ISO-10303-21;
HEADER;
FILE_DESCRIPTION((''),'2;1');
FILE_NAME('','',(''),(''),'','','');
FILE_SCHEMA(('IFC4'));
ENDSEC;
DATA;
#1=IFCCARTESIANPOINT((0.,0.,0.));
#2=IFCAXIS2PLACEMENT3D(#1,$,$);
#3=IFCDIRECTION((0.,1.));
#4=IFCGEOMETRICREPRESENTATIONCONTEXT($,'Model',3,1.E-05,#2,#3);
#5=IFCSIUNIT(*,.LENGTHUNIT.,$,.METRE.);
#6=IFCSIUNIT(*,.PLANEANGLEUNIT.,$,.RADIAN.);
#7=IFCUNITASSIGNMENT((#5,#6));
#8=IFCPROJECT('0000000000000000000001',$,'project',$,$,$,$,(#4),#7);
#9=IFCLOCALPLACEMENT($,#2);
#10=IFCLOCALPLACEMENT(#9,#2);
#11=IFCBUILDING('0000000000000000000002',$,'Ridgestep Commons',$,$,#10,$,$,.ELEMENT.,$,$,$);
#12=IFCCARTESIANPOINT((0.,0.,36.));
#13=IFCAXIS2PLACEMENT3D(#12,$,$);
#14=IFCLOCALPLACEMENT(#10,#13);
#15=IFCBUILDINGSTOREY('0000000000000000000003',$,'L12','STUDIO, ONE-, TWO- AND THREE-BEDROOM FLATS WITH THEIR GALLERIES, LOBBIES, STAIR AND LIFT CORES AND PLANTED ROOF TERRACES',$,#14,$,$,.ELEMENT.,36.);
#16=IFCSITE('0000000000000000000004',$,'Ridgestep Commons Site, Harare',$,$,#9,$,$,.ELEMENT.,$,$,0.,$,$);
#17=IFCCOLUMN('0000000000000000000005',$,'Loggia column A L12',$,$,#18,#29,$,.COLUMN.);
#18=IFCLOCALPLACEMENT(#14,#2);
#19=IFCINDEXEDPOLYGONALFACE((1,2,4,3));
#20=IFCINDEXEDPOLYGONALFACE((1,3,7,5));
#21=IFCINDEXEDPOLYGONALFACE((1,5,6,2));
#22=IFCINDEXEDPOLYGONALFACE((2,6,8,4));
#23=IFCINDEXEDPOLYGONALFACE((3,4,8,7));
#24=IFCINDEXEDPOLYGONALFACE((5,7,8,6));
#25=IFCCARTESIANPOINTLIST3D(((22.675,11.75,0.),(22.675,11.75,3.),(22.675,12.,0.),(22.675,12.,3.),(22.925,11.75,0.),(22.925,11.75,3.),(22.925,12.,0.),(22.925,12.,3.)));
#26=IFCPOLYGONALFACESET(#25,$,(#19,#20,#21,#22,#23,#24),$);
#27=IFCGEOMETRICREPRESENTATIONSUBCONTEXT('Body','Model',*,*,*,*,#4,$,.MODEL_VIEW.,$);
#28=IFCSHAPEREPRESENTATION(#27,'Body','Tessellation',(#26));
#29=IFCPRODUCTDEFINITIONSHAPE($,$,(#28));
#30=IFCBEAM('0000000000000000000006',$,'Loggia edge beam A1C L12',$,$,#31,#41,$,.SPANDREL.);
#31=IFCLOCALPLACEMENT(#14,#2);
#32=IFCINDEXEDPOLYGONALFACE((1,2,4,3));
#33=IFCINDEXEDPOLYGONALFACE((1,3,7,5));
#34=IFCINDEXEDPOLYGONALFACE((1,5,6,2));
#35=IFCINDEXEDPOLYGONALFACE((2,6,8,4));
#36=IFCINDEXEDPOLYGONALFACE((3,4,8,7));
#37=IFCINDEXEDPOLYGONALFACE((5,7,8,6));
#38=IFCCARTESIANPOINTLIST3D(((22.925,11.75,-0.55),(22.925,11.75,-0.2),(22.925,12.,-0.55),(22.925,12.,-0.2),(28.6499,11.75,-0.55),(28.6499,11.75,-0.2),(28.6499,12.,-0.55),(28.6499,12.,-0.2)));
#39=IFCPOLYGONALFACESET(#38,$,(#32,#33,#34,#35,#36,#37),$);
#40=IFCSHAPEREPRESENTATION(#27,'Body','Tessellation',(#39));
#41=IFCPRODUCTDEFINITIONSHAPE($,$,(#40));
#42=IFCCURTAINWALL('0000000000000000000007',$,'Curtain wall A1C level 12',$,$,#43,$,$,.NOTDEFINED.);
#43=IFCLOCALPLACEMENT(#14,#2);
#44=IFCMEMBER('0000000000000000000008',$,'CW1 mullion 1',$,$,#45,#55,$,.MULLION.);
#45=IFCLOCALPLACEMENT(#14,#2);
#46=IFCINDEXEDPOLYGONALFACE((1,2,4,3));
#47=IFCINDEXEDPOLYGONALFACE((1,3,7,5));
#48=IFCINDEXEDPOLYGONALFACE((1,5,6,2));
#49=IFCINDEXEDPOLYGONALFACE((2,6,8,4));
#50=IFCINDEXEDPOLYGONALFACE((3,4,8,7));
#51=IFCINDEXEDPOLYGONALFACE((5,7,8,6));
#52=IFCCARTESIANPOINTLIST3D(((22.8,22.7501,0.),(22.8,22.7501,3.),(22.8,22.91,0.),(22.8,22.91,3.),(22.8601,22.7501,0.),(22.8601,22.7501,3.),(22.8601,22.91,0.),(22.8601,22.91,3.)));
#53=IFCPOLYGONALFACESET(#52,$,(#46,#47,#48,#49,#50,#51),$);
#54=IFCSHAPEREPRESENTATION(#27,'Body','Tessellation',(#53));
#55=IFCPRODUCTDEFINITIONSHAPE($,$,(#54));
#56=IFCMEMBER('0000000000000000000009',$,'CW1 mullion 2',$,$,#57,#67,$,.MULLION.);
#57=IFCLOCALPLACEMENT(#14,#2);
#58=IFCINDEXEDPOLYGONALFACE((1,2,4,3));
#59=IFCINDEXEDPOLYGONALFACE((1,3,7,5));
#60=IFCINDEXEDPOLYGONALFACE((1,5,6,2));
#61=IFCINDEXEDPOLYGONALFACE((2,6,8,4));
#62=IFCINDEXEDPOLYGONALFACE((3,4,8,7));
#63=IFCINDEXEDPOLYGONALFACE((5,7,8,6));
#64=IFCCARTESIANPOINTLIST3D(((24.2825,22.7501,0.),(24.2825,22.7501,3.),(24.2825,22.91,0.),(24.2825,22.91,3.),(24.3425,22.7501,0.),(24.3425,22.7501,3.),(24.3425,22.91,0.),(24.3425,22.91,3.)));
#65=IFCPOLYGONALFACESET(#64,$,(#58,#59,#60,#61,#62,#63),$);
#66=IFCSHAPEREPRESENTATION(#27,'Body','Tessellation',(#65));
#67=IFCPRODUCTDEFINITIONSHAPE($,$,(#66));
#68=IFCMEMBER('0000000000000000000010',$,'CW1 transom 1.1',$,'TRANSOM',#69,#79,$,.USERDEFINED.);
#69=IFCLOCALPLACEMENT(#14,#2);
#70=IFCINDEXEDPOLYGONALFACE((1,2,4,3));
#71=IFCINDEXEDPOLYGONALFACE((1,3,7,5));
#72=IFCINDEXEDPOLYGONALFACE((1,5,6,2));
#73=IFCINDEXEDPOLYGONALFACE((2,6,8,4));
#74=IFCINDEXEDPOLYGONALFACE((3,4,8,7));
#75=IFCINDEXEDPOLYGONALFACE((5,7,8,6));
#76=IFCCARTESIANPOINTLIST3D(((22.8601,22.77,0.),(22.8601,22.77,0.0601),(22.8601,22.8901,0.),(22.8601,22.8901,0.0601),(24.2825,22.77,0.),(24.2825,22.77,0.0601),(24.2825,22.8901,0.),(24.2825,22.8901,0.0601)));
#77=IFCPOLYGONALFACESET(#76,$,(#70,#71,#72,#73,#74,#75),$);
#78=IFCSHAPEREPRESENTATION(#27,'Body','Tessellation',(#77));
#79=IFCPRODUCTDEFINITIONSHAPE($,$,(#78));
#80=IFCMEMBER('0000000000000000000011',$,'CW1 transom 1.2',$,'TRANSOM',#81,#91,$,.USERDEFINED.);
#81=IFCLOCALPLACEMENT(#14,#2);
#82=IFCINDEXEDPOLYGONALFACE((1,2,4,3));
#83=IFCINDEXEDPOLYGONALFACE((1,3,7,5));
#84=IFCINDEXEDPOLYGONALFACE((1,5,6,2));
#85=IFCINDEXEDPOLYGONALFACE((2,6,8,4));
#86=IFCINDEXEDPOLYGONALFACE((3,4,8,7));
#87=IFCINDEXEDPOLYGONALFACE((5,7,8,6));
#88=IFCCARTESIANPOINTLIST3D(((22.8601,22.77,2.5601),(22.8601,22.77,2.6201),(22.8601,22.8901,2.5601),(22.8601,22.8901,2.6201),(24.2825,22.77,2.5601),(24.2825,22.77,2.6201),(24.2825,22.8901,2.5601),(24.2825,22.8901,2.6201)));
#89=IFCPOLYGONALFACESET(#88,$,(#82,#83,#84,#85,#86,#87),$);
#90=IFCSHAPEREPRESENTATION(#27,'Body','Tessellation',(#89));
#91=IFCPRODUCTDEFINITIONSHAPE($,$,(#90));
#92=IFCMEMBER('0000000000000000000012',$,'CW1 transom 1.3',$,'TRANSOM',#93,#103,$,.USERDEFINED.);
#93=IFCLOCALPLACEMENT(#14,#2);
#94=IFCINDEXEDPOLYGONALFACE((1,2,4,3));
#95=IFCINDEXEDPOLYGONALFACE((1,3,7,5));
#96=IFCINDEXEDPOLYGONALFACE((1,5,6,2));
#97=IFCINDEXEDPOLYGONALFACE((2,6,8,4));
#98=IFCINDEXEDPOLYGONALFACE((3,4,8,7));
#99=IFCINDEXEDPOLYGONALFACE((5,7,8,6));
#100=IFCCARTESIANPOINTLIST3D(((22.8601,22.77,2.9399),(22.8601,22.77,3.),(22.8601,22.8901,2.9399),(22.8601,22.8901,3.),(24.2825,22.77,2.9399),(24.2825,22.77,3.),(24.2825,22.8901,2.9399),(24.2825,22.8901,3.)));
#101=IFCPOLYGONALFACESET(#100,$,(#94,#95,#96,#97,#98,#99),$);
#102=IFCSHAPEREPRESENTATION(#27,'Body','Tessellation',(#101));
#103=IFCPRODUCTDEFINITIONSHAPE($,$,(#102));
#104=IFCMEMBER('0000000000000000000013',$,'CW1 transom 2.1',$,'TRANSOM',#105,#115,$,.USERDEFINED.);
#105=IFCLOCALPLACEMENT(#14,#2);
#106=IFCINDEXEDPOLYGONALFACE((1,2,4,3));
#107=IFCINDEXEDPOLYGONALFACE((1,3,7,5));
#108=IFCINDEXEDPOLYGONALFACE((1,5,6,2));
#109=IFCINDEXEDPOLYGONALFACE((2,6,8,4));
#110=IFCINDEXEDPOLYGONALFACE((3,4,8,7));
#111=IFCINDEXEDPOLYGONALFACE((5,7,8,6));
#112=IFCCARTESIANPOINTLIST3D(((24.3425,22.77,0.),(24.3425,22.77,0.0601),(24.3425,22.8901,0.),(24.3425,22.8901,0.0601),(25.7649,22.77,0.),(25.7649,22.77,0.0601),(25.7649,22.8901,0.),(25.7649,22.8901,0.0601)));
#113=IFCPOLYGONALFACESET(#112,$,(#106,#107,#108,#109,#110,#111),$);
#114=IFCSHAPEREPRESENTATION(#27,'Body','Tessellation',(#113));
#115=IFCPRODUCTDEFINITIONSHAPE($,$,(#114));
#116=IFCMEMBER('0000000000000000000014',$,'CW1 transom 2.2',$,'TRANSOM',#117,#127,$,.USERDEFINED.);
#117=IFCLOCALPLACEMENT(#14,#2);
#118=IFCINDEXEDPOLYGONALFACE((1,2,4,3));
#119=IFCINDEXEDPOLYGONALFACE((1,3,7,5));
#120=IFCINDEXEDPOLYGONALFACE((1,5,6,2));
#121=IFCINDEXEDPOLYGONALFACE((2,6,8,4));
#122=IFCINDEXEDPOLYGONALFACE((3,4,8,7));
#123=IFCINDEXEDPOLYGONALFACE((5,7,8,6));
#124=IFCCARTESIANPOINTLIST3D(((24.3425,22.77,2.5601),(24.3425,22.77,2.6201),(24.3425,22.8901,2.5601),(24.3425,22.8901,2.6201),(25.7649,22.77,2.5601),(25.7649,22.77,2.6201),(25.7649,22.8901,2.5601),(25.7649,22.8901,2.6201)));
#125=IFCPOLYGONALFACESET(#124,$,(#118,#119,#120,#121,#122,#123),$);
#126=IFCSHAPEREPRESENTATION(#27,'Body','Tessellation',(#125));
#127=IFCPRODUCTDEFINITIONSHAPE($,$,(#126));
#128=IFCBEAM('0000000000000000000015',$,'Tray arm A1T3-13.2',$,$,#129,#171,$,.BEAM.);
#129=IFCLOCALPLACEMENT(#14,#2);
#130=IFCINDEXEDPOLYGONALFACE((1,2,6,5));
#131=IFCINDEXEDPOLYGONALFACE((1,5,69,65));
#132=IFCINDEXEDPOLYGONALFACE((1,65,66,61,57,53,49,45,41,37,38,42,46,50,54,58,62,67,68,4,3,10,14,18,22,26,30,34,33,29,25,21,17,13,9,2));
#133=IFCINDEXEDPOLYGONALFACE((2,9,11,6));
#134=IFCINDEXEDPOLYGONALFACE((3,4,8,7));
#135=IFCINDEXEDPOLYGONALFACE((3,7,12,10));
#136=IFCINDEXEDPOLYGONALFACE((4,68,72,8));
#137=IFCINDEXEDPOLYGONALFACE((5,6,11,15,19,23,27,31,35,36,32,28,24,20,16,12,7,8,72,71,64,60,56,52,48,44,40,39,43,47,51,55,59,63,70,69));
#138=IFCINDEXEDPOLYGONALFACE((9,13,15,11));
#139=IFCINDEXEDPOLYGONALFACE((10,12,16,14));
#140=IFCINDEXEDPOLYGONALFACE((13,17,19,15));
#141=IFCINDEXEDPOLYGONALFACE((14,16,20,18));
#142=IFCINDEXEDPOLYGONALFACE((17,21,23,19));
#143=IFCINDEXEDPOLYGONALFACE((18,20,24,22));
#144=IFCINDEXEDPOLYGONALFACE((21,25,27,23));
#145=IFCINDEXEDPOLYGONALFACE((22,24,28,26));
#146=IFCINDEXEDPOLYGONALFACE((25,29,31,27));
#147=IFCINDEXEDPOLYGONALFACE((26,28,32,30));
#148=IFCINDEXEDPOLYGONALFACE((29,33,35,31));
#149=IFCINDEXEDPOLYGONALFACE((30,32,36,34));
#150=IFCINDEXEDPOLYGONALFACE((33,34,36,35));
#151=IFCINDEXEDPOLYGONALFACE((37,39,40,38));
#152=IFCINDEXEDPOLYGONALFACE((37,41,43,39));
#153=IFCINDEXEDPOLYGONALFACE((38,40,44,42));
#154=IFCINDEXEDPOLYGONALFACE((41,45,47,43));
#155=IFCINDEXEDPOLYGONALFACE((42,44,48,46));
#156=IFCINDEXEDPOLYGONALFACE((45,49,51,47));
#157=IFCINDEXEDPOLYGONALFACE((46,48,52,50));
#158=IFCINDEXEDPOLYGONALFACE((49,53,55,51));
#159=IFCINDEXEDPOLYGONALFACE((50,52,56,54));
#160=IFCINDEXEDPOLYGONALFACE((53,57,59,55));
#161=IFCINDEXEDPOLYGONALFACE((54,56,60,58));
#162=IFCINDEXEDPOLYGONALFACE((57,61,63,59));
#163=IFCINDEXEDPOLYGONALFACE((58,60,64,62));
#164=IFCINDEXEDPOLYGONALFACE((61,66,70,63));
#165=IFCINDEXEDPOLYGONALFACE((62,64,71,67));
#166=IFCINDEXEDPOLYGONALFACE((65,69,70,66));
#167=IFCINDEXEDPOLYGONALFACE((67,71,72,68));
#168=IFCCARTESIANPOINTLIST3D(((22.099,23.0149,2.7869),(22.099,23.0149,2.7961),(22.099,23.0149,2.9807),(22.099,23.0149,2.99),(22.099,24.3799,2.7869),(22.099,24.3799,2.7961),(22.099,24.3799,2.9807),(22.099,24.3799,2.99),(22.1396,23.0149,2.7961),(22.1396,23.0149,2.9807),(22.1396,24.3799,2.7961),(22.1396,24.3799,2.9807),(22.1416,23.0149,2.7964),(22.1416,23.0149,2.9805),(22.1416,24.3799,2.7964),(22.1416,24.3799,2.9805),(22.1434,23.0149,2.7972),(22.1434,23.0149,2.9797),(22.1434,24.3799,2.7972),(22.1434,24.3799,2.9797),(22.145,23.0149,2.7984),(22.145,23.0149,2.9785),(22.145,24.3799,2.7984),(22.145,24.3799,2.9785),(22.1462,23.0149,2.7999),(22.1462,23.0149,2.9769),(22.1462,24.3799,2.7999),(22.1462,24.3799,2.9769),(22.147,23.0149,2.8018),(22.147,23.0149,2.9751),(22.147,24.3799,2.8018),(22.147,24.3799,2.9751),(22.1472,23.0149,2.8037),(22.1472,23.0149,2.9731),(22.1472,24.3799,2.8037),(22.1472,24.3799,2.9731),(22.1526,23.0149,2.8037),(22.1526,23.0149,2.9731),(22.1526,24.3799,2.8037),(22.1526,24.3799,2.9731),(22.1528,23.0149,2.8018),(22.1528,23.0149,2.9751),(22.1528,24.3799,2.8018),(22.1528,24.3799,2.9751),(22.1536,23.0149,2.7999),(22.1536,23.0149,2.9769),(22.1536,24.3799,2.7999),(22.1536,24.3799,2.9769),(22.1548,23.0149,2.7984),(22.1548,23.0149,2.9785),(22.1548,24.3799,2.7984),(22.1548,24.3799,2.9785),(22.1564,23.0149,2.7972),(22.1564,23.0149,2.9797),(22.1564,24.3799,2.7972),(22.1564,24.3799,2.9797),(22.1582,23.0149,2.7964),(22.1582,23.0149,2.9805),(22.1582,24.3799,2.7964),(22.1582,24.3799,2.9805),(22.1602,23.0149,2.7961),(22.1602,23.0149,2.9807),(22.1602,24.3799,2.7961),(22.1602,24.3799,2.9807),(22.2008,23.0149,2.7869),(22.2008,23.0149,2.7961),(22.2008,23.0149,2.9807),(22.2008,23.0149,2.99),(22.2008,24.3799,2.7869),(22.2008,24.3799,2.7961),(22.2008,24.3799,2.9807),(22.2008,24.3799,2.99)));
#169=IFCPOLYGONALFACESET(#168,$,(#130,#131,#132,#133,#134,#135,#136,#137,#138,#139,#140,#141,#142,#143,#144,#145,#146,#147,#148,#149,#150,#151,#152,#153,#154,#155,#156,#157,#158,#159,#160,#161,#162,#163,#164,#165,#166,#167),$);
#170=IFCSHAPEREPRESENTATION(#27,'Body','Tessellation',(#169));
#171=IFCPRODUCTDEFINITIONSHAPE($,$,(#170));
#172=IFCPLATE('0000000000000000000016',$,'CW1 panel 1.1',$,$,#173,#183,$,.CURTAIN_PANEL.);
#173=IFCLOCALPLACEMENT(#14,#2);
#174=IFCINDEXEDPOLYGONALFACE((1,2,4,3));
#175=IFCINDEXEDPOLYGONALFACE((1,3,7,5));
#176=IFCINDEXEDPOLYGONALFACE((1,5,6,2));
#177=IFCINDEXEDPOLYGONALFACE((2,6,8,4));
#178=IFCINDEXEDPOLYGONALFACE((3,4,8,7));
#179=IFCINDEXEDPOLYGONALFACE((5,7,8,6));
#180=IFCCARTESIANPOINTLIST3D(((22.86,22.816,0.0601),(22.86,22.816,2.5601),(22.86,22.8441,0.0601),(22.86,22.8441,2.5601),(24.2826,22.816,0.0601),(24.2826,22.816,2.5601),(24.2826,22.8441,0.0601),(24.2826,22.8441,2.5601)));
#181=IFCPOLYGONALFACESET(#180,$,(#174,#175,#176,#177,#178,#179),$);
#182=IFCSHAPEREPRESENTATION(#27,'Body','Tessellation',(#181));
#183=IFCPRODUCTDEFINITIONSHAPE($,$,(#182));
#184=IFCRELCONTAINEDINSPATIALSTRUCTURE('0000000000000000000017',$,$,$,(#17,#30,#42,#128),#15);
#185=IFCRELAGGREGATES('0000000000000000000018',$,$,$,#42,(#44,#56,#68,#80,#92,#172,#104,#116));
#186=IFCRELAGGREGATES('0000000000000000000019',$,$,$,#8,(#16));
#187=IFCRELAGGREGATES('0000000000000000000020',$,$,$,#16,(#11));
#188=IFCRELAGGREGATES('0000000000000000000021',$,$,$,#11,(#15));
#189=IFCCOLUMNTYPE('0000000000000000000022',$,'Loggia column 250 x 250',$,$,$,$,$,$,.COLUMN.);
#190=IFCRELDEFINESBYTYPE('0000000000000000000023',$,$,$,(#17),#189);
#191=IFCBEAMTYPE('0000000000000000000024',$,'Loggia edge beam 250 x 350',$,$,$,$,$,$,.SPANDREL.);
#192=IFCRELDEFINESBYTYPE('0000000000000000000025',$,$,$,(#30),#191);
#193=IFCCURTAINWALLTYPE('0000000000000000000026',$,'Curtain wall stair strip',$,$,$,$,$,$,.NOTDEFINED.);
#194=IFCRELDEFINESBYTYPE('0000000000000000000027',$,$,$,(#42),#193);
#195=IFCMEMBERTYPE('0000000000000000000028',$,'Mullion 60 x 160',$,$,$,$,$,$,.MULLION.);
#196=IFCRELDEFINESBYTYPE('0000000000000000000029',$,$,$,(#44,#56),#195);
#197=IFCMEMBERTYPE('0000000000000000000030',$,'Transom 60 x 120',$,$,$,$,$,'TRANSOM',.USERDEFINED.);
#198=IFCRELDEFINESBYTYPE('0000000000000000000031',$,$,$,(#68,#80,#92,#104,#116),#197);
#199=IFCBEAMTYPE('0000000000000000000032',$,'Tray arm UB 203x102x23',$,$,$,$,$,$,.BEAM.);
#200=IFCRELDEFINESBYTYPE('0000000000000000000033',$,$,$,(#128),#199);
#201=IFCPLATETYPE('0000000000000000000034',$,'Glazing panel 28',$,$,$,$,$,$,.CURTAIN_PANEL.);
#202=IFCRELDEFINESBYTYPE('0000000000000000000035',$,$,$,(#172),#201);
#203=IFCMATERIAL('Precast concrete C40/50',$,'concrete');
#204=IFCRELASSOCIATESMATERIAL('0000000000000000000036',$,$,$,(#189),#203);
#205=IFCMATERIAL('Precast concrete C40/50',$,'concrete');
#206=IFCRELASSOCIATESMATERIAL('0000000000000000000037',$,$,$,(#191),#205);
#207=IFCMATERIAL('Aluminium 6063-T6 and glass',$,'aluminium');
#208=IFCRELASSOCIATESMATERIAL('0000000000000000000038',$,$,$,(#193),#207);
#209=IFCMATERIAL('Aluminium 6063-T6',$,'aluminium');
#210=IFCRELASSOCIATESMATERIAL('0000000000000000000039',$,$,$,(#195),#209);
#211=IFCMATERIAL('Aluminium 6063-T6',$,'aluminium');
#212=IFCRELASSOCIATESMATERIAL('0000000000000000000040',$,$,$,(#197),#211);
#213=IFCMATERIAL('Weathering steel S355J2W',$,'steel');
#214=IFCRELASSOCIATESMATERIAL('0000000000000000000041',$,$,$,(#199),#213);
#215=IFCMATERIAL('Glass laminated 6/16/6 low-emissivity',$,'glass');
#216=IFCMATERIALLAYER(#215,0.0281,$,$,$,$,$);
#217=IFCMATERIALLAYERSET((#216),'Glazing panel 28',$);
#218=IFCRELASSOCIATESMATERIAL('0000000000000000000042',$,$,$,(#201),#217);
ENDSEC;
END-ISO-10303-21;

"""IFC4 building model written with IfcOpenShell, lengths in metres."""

from ifc_helpers import new_model, si_unit, direction, frame, origin, origin_2d, place, context, subcontext, project, spatial, rectangle, i_section, extrude, material, layer, layer_set, material_profile, profile_set, type_object, element, aggregate, save


model = new_model("IFC4")

# Units and contexts
model_context = context("Model", 3, precision=1e-05, world=origin(), true_north=direction((0.0, 1.0)))
body_context = subcontext(model_context, "Body", "Model", "MODEL_VIEW")
ifc_project = project(units=[si_unit("LENGTHUNIT", "METRE"), si_unit("PLANEANGLEUNIT", "RADIAN")], contexts=[model_context])

# Site, building, storey
site_placement = place(None, origin())
site = spatial("IfcSite", under=ifc_project, at=site_placement, Name="Ridgestep Commons Site, Harare", CompositionType="ELEMENT", RefElevation=0.0)
building_placement = place(site_placement, origin())
building = spatial("IfcBuilding", under=site, at=building_placement, Name="Ridgestep Commons", CompositionType="ELEMENT")
storey_placement = place(building_placement, frame((0.0, 0.0, 36.0)))
storey = spatial("IfcBuildingStorey", under=building, at=storey_placement, Name="L12", Description="STUDIO, ONE-, TWO- AND THREE-BEDROOM FLATS WITH THEIR GALLERIES, LOBBIES, STAIR AND LIFT CORES AND PLANTED ROOF TERRACES", CompositionType="ELEMENT", Elevation=36.0)

# Column
ifc_material_1 = material(Name="Precast concrete C40/50", Category="concrete")
ifc_material_profile_1 = material_profile(ifc_material_1, rectangle(XDim=0.25, YDim=0.25, at=origin_2d()), Name="PC 250x250")
ifc_profile_set_1 = profile_set([ifc_material_profile_1], Name="Precast concrete C40/50")
column_type = type_object("IfcColumnType", Name="Loggia column 250 x 250", PredefinedType="COLUMN", material=ifc_profile_set_1)
column_placement = place(storey_placement, frame((22.8, 11.875, 0.0), z_axis=(0.0, 0.0, 1.0), x_axis=(1.0, 0.0, 0.0)))
element("IfcColumn", 1, at=column_placement, inside=storey, type_object=column_type, Name="Loggia column A L12", PredefinedType="COLUMN", context=body_context, shape_type="SweptSolid", body=[
    extrude(rectangle(XDim=0.25, YDim=0.25, at=origin_2d()), origin(), (0.0, 0.0, 1.0), 3.0),
])

# Beam
ifc_material_2 = material(Name="Precast concrete C40/50", Category="concrete")
ifc_material_profile_2 = material_profile(ifc_material_2, rectangle(XDim=0.25, YDim=0.3501, at=origin_2d()), Name="PC 250x350")
ifc_profile_set_2 = profile_set([ifc_material_profile_2], Name="Precast concrete C40/50")
beam_type_1 = type_object("IfcBeamType", Name="Loggia edge beam 250 x 350", PredefinedType="SPANDREL", material=ifc_profile_set_2)
beam_1_placement = place(storey_placement, frame((22.925, 11.875, -0.375), z_axis=(1.0, 0.0, 0.0), x_axis=(0.0, 1.0, 0.0)))
element("IfcBeam", 2, at=beam_1_placement, inside=storey, type_object=beam_type_1, Name="Loggia edge beam A1C L12", PredefinedType="SPANDREL", context=body_context, shape_type="SweptSolid", body=[
    extrude(rectangle(XDim=0.25, YDim=0.3501, at=origin_2d()), origin(), (0.0, 0.0, 1.0), 5.7249),
])

# Curtain wall, members
ifc_material_3 = material(Name="Aluminium 6063-T6 and glass", Category="aluminium")
curtain_wall_type = type_object("IfcCurtainWallType", Name="Curtain wall stair strip", PredefinedType="NOTDEFINED", material=ifc_material_3)
curtain_wall_placement = place(storey_placement, origin())
curtain_wall = element("IfcCurtainWall", 3, at=curtain_wall_placement, inside=storey, type_object=curtain_wall_type, Name="Curtain wall A1C level 12", PredefinedType="NOTDEFINED")
ifc_material_4 = material(Name="Aluminium 6063-T6", Category="aluminium")
ifc_material_profile_3 = material_profile(ifc_material_4, rectangle(XDim=0.1599, YDim=0.0601, at=origin_2d()), Name="Mullion 60 x 160")
ifc_profile_set_3 = profile_set([ifc_material_profile_3], Name="Aluminium 6063-T6")
member_type_1 = type_object("IfcMemberType", Name="Mullion 60 x 160", PredefinedType="MULLION", material=ifc_profile_set_3)
member_1_placement = place(storey_placement, frame((22.8301, 22.8301, 0.0), z_axis=(0.0, 0.0, 1.0), x_axis=(0.0, 1.0, 0.0)))
member_1 = element("IfcMember", 4, at=member_1_placement, type_object=member_type_1, Name="CW1 mullion 1", PredefinedType="MULLION", context=body_context, shape_type="SweptSolid", body=[
    extrude(rectangle(XDim=0.1599, YDim=0.0601, at=origin_2d()), origin(), (0.0, 0.0, 1.0), 3.0),
])
member_2_placement = place(storey_placement, frame((24.3125, 22.8301, 0.0), z_axis=(0.0, 0.0, 1.0), x_axis=(0.0, 1.0, 0.0)))
member_2 = element("IfcMember", 5, at=member_2_placement, type_object=member_type_1, Name="CW1 mullion 2", PredefinedType="MULLION", context=body_context, shape_type="SweptSolid", body=[
    extrude(rectangle(XDim=0.1599, YDim=0.0601, at=origin_2d()), origin(), (0.0, 0.0, 1.0), 3.0),
])
ifc_material_5 = material(Name="Aluminium 6063-T6", Category="aluminium")
ifc_material_profile_4 = material_profile(ifc_material_5, rectangle(XDim=0.1201, YDim=0.0601, at=origin_2d()), Name="Transom 60 x 120")
ifc_profile_set_4 = profile_set([ifc_material_profile_4], Name="Aluminium 6063-T6")
member_type_2 = type_object("IfcMemberType", Name="Transom 60 x 120", ElementType="TRANSOM", PredefinedType="USERDEFINED", material=ifc_profile_set_4)
member_3_placement = place(storey_placement, frame((22.8601, 22.8301, 0.03), z_axis=(1.0, 0.0, 0.0), x_axis=(0.0, 1.0, 0.0)))
member_3 = element("IfcMember", 6, at=member_3_placement, type_object=member_type_2, Name="CW1 transom 1.1", ObjectType="TRANSOM", PredefinedType="USERDEFINED", context=body_context, shape_type="SweptSolid", body=[
    extrude(rectangle(XDim=0.1201, YDim=0.0601, at=origin_2d()), origin(), (0.0, 0.0, 1.0), 1.4224),
])
member_4_placement = place(storey_placement, frame((22.8601, 22.8301, 2.5901), z_axis=(1.0, 0.0, 0.0), x_axis=(0.0, 1.0, 0.0)))
member_4 = element("IfcMember", 7, at=member_4_placement, type_object=member_type_2, Name="CW1 transom 1.2", ObjectType="TRANSOM", PredefinedType="USERDEFINED", context=body_context, shape_type="SweptSolid", body=[
    extrude(rectangle(XDim=0.1201, YDim=0.0601, at=origin_2d()), origin(), (0.0, 0.0, 1.0), 1.4224),
])
member_5_placement = place(storey_placement, frame((22.8601, 22.8301, 2.97), z_axis=(1.0, 0.0, 0.0), x_axis=(0.0, 1.0, 0.0)))
member_5 = element("IfcMember", 8, at=member_5_placement, type_object=member_type_2, Name="CW1 transom 1.3", ObjectType="TRANSOM", PredefinedType="USERDEFINED", context=body_context, shape_type="SweptSolid", body=[
    extrude(rectangle(XDim=0.1201, YDim=0.0601, at=origin_2d()), origin(), (0.0, 0.0, 1.0), 1.4224),
])
member_6_placement = place(storey_placement, frame((24.3425, 22.8301, 0.03), z_axis=(1.0, 0.0, 0.0), x_axis=(0.0, 1.0, 0.0)))
member_6 = element("IfcMember", 9, at=member_6_placement, type_object=member_type_2, Name="CW1 transom 2.1", ObjectType="TRANSOM", PredefinedType="USERDEFINED", context=body_context, shape_type="SweptSolid", body=[
    extrude(rectangle(XDim=0.1201, YDim=0.0601, at=origin_2d()), origin(), (0.0, 0.0, 1.0), 1.4224),
])
member_7_placement = place(storey_placement, frame((24.3425, 22.8301, 2.5901), z_axis=(1.0, 0.0, 0.0), x_axis=(0.0, 1.0, 0.0)))
member_7 = element("IfcMember", 10, at=member_7_placement, type_object=member_type_2, Name="CW1 transom 2.2", ObjectType="TRANSOM", PredefinedType="USERDEFINED", context=body_context, shape_type="SweptSolid", body=[
    extrude(rectangle(XDim=0.1201, YDim=0.0601, at=origin_2d()), origin(), (0.0, 0.0, 1.0), 1.4224),
])

# Beam
ifc_material_6 = material(Name="Weathering steel S355J2W", Category="steel")
ifc_material_profile_5 = material_profile(ifc_material_6, i_section(OverallWidth=0.1018, OverallDepth=0.2031, WebThickness=0.0054, FlangeThickness=0.0093, FilletRadius=0.0076, at=origin_2d()), Name="UB 203x102x23")
ifc_profile_set_5 = profile_set([ifc_material_profile_5], Name="Weathering steel S355J2W")
beam_type_2 = type_object("IfcBeamType", Name="Tray arm UB 203x102x23", PredefinedType="BEAM", material=ifc_profile_set_5)
beam_2_placement = place(storey_placement, frame((22.1499, 23.0149, 2.8884), z_axis=(0.0, 1.0, 0.0), x_axis=(-1.0, 0.0, 0.0)))
element("IfcBeam", 11, at=beam_2_placement, inside=storey, type_object=beam_type_2, Name="Tray arm A1T3-13.2", PredefinedType="BEAM", context=body_context, shape_type="SweptSolid", body=[
    extrude(i_section(OverallWidth=0.1018, OverallDepth=0.2031, WebThickness=0.0054, FlangeThickness=0.0093, FilletRadius=0.0076, at=origin_2d()), origin(), (0.0, 0.0, 1.0), 1.365),
])

# Plate
ifc_material_7 = material(Name="Glass laminated 6/16/6 low-emissivity", Category="glass")
ifc_layer_1 = layer(ifc_material_7, 0.0281)
ifc_layer_set_1 = layer_set([ifc_layer_1], Name="Glazing panel 28")
plate_type_1 = type_object("IfcPlateType", Name="Glazing panel 28", PredefinedType="CURTAIN_PANEL", material=ifc_layer_set_1)
plate_1_placement = place(storey_placement, frame((23.5713, 22.8301, 0.0601), z_axis=(0.0, 0.0, 1.0), x_axis=(1.0, 0.0, 0.0)))
plate_1 = element("IfcPlate", 12, at=plate_1_placement, type_object=plate_type_1, Name="CW1 panel 1.1", PredefinedType="CURTAIN_PANEL", context=body_context, shape_type="SweptSolid", body=[
    extrude(rectangle(XDim=1.4226, YDim=0.0281, at=origin_2d()), origin(), (0.0, 0.0, 1.0), 2.5),
])
aggregate(curtain_wall, [member_1, member_2, member_3, member_4, member_5, plate_1, member_6, member_7])

save(model, "model.ifc")
